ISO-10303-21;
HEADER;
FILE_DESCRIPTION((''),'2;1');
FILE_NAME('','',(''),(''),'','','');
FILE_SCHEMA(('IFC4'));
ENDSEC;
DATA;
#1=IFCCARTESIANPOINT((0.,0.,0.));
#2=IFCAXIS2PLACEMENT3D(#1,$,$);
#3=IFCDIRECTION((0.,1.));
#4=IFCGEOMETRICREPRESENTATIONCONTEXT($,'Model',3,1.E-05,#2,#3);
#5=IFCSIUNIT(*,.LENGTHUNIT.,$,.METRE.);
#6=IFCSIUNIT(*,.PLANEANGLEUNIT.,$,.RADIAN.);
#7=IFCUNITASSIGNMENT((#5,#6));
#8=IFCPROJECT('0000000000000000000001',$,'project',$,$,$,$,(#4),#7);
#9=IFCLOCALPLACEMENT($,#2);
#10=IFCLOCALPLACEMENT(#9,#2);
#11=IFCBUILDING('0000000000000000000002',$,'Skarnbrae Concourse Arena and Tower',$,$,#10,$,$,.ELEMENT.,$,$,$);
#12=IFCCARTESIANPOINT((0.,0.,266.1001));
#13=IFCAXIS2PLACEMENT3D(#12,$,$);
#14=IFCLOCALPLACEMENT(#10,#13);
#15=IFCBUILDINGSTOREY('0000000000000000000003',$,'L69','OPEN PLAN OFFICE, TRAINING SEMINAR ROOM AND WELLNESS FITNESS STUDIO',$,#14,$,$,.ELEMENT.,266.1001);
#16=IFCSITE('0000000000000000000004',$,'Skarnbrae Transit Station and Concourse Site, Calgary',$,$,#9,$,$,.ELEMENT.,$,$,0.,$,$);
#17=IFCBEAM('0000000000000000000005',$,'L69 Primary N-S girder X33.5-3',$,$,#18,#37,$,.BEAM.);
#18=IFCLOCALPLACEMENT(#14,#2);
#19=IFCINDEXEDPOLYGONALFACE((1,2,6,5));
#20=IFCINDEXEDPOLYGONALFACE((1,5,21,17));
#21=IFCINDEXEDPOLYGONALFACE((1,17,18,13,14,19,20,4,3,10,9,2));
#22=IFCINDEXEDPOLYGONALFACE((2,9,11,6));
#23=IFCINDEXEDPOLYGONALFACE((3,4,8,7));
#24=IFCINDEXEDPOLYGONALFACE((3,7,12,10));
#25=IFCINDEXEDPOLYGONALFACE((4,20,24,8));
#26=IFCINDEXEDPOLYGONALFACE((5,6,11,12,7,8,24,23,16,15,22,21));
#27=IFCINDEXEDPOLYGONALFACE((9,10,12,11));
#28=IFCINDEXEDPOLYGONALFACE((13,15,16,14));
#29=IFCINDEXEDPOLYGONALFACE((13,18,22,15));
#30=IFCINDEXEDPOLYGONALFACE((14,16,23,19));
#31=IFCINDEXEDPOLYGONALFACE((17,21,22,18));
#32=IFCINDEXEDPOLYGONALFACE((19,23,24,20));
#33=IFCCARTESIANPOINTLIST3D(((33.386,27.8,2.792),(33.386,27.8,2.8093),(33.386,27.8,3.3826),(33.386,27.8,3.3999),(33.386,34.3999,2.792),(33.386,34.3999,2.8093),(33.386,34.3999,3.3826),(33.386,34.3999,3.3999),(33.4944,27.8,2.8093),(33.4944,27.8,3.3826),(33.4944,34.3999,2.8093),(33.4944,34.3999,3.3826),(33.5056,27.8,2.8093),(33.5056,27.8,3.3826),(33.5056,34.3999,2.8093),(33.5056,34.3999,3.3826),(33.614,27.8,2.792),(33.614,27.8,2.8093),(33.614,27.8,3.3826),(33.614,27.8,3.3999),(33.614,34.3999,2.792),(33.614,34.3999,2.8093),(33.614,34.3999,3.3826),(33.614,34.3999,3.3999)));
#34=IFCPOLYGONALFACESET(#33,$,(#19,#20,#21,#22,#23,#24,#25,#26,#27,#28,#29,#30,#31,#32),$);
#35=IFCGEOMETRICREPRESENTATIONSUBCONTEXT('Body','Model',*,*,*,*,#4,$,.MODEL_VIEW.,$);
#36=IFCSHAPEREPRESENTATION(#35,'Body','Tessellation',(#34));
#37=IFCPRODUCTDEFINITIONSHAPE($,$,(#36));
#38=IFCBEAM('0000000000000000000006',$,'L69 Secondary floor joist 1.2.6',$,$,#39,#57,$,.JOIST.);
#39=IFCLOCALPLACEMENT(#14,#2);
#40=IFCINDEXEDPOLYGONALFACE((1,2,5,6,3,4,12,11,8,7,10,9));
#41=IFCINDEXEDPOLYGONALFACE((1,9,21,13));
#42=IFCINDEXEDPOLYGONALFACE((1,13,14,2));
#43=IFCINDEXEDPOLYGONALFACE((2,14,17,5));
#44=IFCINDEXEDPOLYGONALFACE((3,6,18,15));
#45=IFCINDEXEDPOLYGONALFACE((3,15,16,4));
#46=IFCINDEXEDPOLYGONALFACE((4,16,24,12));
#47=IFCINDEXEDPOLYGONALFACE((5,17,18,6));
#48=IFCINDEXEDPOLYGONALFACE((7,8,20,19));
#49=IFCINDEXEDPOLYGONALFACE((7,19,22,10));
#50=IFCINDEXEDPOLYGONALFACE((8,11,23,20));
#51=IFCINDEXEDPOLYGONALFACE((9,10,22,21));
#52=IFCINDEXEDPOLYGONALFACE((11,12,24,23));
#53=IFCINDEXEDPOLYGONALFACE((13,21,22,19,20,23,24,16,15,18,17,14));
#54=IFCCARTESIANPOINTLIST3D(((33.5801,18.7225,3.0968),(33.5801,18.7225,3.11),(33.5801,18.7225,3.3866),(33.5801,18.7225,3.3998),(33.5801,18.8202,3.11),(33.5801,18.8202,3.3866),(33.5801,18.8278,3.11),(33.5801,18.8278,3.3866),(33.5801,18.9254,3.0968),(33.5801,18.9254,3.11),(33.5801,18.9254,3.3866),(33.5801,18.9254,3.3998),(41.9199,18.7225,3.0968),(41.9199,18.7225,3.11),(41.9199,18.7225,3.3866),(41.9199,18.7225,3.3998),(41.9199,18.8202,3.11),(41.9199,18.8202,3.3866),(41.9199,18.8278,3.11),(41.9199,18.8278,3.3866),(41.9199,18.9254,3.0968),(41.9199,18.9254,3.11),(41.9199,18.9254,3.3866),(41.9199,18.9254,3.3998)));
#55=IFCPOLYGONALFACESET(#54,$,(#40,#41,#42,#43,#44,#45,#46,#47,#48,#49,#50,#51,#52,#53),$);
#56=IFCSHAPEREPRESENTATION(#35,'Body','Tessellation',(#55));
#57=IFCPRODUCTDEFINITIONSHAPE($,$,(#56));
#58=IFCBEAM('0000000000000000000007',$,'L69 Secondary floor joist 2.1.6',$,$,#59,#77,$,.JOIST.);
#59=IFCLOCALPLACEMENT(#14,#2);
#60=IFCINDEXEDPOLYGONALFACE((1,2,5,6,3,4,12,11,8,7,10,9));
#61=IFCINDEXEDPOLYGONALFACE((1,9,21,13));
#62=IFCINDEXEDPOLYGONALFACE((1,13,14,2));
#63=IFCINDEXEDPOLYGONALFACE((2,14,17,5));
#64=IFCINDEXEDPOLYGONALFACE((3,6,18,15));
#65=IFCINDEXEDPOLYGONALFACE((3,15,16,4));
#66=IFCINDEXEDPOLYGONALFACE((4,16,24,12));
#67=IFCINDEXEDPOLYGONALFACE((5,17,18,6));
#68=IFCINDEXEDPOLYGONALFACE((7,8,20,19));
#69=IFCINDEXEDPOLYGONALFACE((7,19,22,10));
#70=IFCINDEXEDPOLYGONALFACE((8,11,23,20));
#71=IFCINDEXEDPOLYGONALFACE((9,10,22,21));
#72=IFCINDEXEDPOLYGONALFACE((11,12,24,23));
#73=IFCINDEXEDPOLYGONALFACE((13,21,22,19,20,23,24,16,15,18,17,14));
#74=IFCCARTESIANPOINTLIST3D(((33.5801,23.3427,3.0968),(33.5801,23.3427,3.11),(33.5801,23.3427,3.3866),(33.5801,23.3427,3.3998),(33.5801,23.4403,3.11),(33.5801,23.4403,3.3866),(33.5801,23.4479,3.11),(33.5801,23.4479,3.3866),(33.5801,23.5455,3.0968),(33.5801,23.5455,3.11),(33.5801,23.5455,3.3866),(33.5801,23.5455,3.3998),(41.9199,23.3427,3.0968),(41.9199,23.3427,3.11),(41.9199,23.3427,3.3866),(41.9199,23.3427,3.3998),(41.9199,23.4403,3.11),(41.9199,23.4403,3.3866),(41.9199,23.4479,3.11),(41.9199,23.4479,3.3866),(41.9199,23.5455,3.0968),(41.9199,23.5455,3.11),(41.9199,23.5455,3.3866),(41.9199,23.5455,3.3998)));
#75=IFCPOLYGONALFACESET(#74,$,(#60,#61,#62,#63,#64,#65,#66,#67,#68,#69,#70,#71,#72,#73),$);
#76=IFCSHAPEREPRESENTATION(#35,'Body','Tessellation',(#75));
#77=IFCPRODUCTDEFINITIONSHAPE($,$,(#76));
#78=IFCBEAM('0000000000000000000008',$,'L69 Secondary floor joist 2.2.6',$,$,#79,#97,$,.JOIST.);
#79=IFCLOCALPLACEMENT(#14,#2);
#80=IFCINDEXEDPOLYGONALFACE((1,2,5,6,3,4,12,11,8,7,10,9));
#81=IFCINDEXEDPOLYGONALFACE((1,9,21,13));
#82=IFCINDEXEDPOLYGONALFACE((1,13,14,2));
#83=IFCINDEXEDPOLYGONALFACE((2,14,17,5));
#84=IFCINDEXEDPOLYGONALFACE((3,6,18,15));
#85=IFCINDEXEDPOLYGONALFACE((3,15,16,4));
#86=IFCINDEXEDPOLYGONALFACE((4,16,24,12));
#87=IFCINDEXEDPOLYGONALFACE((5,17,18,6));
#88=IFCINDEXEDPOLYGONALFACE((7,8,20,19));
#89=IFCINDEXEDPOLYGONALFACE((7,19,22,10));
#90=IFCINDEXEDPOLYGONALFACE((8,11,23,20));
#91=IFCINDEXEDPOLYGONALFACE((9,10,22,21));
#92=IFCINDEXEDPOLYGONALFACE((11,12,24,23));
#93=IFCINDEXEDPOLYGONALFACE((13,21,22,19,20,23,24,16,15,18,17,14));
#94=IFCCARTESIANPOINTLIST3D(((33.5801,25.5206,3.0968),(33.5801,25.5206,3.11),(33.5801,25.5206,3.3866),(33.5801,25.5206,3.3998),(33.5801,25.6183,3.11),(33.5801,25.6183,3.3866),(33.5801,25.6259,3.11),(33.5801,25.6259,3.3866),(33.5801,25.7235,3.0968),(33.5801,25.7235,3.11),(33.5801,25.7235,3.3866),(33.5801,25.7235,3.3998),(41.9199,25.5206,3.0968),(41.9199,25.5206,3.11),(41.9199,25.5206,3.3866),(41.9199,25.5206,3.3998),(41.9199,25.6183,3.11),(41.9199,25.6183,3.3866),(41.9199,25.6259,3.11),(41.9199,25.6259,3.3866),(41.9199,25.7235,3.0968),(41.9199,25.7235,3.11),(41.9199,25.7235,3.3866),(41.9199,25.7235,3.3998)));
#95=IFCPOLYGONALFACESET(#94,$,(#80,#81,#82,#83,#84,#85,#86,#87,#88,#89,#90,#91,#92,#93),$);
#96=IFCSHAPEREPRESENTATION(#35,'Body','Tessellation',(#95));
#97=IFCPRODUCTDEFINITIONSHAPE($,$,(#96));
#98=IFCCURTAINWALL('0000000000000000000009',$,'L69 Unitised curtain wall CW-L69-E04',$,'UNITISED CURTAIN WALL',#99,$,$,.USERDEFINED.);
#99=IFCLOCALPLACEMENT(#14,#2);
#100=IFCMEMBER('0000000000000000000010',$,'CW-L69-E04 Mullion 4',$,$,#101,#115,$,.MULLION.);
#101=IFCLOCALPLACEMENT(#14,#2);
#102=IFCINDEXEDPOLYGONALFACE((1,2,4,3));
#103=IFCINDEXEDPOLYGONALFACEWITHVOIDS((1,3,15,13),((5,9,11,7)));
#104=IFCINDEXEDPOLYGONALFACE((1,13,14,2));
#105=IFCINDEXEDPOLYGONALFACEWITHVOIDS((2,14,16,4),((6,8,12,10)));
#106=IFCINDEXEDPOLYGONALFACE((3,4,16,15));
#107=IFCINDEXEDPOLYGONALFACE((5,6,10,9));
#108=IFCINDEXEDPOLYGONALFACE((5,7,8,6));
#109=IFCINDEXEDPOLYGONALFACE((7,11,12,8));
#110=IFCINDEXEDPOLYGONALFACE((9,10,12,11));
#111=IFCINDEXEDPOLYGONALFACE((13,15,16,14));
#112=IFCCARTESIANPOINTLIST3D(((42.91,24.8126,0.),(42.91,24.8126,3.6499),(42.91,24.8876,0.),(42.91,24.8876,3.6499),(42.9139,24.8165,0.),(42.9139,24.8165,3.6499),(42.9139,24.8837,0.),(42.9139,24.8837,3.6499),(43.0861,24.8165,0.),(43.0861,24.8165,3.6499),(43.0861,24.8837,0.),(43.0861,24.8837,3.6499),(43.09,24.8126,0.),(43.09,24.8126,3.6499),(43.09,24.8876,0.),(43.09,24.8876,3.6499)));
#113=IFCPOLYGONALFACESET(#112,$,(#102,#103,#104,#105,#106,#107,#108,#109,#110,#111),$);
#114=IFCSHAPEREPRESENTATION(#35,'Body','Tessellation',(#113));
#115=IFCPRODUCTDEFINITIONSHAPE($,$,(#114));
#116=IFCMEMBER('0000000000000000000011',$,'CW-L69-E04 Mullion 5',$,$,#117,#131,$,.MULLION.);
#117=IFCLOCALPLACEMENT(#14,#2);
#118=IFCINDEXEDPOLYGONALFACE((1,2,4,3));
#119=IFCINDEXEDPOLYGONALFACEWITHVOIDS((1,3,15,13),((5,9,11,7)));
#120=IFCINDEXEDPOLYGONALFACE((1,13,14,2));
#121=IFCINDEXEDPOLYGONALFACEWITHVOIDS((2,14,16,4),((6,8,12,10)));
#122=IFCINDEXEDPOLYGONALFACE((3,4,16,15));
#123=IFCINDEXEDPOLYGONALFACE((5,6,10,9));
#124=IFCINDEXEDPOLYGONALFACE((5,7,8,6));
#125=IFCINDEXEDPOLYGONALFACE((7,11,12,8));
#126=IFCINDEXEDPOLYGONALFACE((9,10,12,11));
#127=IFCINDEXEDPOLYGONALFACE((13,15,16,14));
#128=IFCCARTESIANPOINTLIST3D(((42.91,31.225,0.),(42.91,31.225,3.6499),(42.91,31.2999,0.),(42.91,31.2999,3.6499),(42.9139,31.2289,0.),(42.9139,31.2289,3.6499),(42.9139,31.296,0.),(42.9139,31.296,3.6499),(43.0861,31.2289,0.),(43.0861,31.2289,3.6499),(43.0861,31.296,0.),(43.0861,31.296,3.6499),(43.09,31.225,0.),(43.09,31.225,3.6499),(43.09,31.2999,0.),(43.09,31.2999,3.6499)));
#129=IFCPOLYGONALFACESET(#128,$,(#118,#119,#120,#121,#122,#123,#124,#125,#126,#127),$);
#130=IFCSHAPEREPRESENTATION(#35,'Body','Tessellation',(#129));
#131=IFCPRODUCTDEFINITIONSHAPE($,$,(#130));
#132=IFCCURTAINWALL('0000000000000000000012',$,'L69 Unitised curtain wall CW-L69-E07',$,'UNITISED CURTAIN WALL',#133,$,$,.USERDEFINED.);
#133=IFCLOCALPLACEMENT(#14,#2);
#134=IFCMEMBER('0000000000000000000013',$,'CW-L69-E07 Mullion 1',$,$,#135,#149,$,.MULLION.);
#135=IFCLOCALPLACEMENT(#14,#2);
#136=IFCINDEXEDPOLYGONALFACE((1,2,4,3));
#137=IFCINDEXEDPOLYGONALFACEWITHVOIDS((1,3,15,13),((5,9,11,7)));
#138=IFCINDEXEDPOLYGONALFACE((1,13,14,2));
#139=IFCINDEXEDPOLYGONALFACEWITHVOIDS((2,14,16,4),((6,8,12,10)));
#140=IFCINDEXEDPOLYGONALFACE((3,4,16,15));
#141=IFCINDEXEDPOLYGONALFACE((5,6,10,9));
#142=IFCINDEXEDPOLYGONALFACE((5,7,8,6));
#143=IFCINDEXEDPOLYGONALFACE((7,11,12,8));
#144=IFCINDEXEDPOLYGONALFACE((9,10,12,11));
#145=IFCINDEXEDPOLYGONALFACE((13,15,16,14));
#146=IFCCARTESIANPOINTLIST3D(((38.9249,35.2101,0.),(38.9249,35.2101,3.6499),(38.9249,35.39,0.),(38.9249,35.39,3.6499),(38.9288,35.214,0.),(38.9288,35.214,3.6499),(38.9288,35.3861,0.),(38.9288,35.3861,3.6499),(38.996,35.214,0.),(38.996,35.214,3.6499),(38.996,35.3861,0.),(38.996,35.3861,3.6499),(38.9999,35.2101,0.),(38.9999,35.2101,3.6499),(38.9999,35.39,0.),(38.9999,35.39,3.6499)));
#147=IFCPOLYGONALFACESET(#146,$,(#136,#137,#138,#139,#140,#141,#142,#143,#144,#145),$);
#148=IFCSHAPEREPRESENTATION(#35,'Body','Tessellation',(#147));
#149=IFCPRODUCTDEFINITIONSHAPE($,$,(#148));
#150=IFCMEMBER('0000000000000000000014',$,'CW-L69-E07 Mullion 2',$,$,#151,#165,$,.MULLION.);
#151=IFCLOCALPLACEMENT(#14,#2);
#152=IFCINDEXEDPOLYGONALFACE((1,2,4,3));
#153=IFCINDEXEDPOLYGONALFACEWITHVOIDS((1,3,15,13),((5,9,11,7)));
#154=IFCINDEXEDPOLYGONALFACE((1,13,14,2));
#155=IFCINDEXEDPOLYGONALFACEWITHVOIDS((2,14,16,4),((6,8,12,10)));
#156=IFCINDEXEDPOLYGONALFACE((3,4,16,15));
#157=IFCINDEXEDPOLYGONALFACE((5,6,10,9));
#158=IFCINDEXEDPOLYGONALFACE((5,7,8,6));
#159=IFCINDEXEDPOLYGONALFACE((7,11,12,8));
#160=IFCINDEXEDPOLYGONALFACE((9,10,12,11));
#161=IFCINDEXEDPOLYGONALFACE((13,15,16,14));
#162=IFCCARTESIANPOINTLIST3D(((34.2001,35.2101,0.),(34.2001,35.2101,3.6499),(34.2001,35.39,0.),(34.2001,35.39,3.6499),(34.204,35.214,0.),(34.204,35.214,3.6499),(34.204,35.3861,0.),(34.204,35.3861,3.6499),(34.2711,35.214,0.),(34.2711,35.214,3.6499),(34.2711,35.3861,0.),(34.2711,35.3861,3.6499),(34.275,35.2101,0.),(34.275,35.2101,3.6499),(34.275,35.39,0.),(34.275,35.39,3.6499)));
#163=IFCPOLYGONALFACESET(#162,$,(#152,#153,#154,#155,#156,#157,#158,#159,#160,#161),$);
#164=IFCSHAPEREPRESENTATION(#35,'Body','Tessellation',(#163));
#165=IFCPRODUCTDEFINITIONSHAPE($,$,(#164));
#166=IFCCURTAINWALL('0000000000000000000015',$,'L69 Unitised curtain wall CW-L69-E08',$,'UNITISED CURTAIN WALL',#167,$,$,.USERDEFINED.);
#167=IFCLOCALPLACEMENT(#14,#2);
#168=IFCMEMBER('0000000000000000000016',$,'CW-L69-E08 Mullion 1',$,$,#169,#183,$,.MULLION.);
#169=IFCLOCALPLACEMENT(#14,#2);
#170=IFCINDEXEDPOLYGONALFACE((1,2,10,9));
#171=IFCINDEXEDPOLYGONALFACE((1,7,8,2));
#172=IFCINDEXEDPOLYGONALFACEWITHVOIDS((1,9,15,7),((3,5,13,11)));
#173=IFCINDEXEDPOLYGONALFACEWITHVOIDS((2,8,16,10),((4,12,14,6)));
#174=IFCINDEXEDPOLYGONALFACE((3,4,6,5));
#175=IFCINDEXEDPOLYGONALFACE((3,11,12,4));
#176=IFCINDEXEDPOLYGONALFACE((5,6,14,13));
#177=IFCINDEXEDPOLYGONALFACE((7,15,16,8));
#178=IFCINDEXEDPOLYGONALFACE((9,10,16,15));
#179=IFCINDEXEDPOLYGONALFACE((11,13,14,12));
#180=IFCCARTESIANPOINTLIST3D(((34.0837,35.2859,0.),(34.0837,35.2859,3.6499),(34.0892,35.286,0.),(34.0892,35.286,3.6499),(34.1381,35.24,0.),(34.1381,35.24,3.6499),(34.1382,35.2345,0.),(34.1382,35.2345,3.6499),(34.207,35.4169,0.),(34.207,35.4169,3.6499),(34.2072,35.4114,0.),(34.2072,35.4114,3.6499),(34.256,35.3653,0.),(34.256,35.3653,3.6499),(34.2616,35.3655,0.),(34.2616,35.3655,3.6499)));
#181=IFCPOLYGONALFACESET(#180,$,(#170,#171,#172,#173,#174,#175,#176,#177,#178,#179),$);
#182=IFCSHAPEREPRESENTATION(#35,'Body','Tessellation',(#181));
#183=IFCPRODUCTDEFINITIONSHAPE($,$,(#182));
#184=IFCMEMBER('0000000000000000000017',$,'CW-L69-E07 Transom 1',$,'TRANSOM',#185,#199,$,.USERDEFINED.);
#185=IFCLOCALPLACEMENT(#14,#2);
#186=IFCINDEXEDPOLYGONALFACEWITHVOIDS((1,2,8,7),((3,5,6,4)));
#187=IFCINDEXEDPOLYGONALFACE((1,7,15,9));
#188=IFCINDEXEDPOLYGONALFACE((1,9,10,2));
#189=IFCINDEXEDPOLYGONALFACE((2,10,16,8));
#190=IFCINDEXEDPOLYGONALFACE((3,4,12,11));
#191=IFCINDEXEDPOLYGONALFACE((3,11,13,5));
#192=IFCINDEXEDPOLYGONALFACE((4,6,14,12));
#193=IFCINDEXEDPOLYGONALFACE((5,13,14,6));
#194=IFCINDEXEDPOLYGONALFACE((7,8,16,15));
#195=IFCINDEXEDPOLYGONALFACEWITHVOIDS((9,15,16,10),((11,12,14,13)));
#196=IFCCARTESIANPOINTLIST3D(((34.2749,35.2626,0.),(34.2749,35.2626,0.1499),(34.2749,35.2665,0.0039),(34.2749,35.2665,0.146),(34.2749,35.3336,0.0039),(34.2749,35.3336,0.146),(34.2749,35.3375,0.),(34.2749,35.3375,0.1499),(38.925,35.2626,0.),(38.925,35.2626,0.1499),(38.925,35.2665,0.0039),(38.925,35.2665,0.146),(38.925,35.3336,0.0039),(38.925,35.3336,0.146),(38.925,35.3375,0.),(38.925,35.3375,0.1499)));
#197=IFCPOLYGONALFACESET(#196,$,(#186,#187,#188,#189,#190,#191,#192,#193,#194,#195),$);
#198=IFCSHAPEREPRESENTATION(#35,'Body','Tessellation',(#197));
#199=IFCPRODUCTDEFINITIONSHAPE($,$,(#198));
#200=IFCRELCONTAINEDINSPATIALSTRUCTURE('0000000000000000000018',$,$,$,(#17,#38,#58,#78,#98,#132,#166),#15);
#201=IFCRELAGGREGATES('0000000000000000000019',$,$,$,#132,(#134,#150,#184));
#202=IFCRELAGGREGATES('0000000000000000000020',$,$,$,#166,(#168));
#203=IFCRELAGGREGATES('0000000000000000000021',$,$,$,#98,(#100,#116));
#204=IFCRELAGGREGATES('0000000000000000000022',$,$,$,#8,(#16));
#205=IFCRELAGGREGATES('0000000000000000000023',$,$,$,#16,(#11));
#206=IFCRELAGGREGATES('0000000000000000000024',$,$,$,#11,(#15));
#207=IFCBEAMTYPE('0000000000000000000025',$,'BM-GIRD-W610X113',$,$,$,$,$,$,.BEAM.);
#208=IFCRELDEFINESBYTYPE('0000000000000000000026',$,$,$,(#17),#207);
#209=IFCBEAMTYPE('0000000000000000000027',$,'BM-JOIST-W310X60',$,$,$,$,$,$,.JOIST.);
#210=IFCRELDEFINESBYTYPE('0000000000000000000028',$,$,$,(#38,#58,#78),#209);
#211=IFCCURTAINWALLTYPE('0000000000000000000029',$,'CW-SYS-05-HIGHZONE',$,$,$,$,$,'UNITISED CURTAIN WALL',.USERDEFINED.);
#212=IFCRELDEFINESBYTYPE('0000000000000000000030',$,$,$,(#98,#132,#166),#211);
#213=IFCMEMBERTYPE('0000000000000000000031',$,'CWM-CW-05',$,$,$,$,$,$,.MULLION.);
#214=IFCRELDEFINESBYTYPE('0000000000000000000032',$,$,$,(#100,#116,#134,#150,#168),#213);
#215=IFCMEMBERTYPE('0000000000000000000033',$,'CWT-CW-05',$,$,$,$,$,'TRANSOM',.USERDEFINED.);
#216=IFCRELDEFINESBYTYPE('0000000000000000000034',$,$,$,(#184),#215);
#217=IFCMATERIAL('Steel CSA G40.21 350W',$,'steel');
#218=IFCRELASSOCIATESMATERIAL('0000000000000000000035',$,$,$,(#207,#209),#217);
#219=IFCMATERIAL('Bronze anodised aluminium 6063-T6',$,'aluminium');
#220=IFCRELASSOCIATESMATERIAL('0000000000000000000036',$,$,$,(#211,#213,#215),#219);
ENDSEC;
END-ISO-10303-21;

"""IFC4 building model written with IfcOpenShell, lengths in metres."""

from ifc_helpers import new_model, si_unit, direction, frame, origin, origin_2d, place, context, subcontext, project, spatial, hollow_rectangle, i_section, extrude, source, transform, mapped, material, material_profile, profile_set, type_object, element, aggregate, save


model = new_model("IFC4")

# Units and contexts
model_context = context("Model", 3, precision=1e-05, world=origin(), true_north=direction((0.0, 1.0)))
body_context = subcontext(model_context, "Body", "Model", "MODEL_VIEW")
ifc_project = project(units=[si_unit("LENGTHUNIT", "METRE"), si_unit("PLANEANGLEUNIT", "RADIAN")], contexts=[model_context])

# Site, building, storey
site_placement = place(None, origin())
site = spatial("IfcSite", under=ifc_project, at=site_placement, Name="Skarnbrae Transit Station and Concourse Site, Calgary", CompositionType="ELEMENT", RefElevation=0.0)
building_placement = place(site_placement, origin())
building = spatial("IfcBuilding", under=site, at=building_placement, Name="Skarnbrae Concourse Arena and Tower", CompositionType="ELEMENT")
storey_placement = place(building_placement, frame((0.0, 0.0, 266.1001)))
storey = spatial("IfcBuildingStorey", under=building, at=storey_placement, Name="L69", Description="OPEN PLAN OFFICE, TRAINING SEMINAR ROOM AND WELLNESS FITNESS STUDIO", CompositionType="ELEMENT", Elevation=266.1001)

# Shared definitions
ifc_material_1 = material(Name="Steel CSA G40.21 350W", Category="steel")

# Beams
ifc_material_profile_1 = material_profile(ifc_material_1, i_section(OverallWidth=0.228, OverallDepth=0.6079, WebThickness=0.0112, FlangeThickness=0.0173, at=origin_2d()), Name="W610X113")
ifc_profile_set_1 = profile_set([ifc_material_profile_1], Name="Steel CSA G40.21 350W")
beam_type_1 = type_object("IfcBeamType", Name="BM-GIRD-W610X113", PredefinedType="BEAM", material=ifc_profile_set_1)
shared_shape_1 = source(origin(), body_context, "Body", "SweptSolid", [
    extrude(i_section(OverallWidth=0.228, OverallDepth=0.6079, WebThickness=0.0112, FlangeThickness=0.0173, at=origin_2d()), origin(), (0.0, 0.0, 1.0), 6.5999),
])
beam_1_placement = place(storey_placement, frame((33.5, 27.8, 3.0959), z_axis=(0.0, 1.0, 0.0), x_axis=(-1.0, 0.0, 0.0)))
element("IfcBeam", 1, at=beam_1_placement, inside=storey, type_object=beam_type_1, Name="L69 Primary N-S girder X33.5-3", PredefinedType="BEAM", context=body_context, shape_type="MappedRepresentation", body=[
    mapped(shared_shape_1, transform((0.0, 0.0, 0.0))),
])
ifc_material_profile_2 = material_profile(ifc_material_1, i_section(OverallWidth=0.2029, OverallDepth=0.303, WebThickness=0.0076, FlangeThickness=0.0132, at=origin_2d()), Name="W310X60")
ifc_profile_set_2 = profile_set([ifc_material_profile_2], Name="Steel CSA G40.21 350W")
beam_type_2 = type_object("IfcBeamType", Name="BM-JOIST-W310X60", PredefinedType="JOIST", material=ifc_profile_set_2)
shared_shape_2 = source(origin(), body_context, "Body", "SweptSolid", [
    extrude(i_section(OverallWidth=0.2029, OverallDepth=0.303, WebThickness=0.0076, FlangeThickness=0.0132, at=origin_2d()), origin(), (0.0, 0.0, 1.0), 8.3398),
])
for number, where, z_axis, x_axis, name in (
    (2, (33.5801, 18.824, 3.2483), (1.0, 0.0, 0.0), (0.0, 1.0, 0.0), "L69 Secondary floor joist 1.2.6"),
    (3, (33.5801, 23.4441, 3.2483), (1.0, 0.0, 0.0), (0.0, 1.0, 0.0), "L69 Secondary floor joist 2.1.6"),
    (4, (33.5801, 25.6221, 3.2483), (1.0, 0.0, 0.0), (0.0, 1.0, 0.0), "L69 Secondary floor joist 2.2.6"),
):
    element("IfcBeam", number, at=place(storey_placement, frame(where, z_axis=z_axis, x_axis=x_axis)), inside=storey, type_object=beam_type_2, Name=name, PredefinedType="JOIST", context=body_context, shape_type="MappedRepresentation", body=[
        mapped(shared_shape_2, transform((0.0, 0.0, 0.0))),
    ])

# Curtain walls, members
ifc_material_2 = material(Name="Bronze anodised aluminium 6063-T6", Category="aluminium")
curtain_wall_type = type_object("IfcCurtainWallType", Name="CW-SYS-05-HIGHZONE", ElementType="UNITISED CURTAIN WALL", PredefinedType="USERDEFINED", material=ifc_material_2)
curtain_wall_1_placement = place(storey_placement, origin())
curtain_wall_1 = element("IfcCurtainWall", 5, at=curtain_wall_1_placement, inside=storey, type_object=curtain_wall_type, Name="L69 Unitised curtain wall CW-L69-E04", ObjectType="UNITISED CURTAIN WALL", PredefinedType="USERDEFINED")
ifc_material_profile_3 = material_profile(ifc_material_2, hollow_rectangle(XDim=0.075, YDim=0.1799, WallThickness=0.0039, at=origin_2d()), Name="ALU-MULL-75X180")
ifc_profile_set_3 = profile_set([ifc_material_profile_3], Name="Bronze anodised aluminium 6063-T6")
member_type_1 = type_object("IfcMemberType", Name="CWM-CW-05", PredefinedType="MULLION", material=ifc_profile_set_3)
shared_shape_3 = source(origin(), body_context, "Body", "SweptSolid", [
    extrude(hollow_rectangle(XDim=0.075, YDim=0.1799, WallThickness=0.0039, at=origin_2d()), origin(), (0.0, 0.0, 1.0), 3.6499),
])
member_1_placement = place(storey_placement, frame((43.0, 24.8501, 0.0), z_axis=(0.0, 0.0, 1.0), x_axis=(0.0, 1.0, 0.0)))
member_1 = element("IfcMember", 6, at=member_1_placement, type_object=member_type_1, Name="CW-L69-E04 Mullion 4", PredefinedType="MULLION", context=body_context, shape_type="MappedRepresentation", body=[
    mapped(shared_shape_3, transform((0.0, 0.0, 0.0))),
])
member_2_placement = place(storey_placement, frame((43.0, 31.2625, 0.0), z_axis=(0.0, 0.0, 1.0), x_axis=(0.0, 1.0, 0.0)))
member_2 = element("IfcMember", 7, at=member_2_placement, type_object=member_type_1, Name="CW-L69-E04 Mullion 5", PredefinedType="MULLION", context=body_context, shape_type="MappedRepresentation", body=[
    mapped(shared_shape_3, transform((0.0, 0.0, 0.0))),
])
curtain_wall_2_placement = place(storey_placement, origin())
curtain_wall_2 = element("IfcCurtainWall", 8, at=curtain_wall_2_placement, inside=storey, type_object=curtain_wall_type, Name="L69 Unitised curtain wall CW-L69-E07", ObjectType="UNITISED CURTAIN WALL", PredefinedType="USERDEFINED")
member_3_placement = place(storey_placement, frame((38.9624, 35.3, 0.0), z_axis=(0.0, 0.0, 1.0), x_axis=(-1.0, 0.0, 0.0)))
member_3 = element("IfcMember", 9, at=member_3_placement, type_object=member_type_1, Name="CW-L69-E07 Mullion 1", PredefinedType="MULLION", context=body_context, shape_type="MappedRepresentation", body=[
    mapped(shared_shape_3, transform((0.0, 0.0, 0.0))),
])
member_4_placement = place(storey_placement, frame((34.2375, 35.3, 0.0), z_axis=(0.0, 0.0, 1.0), x_axis=(-1.0, 0.0, 0.0)))
member_4 = element("IfcMember", 10, at=member_4_placement, type_object=member_type_1, Name="CW-L69-E07 Mullion 2", PredefinedType="MULLION", context=body_context, shape_type="MappedRepresentation", body=[
    mapped(shared_shape_3, transform((0.0, 0.0, 0.0))),
])

# Curtain wall, member
curtain_wall_3_placement = place(storey_placement, origin())
curtain_wall_3 = element("IfcCurtainWall", 11, at=curtain_wall_3_placement, inside=storey, type_object=curtain_wall_type, Name="L69 Unitised curtain wall CW-L69-E08", ObjectType="UNITISED CURTAIN WALL", PredefinedType="USERDEFINED")
member_5_placement = place(storey_placement, frame((34.1726, 35.3257, 0.0), z_axis=(0.0, 0.0, 1.0), x_axis=(-0.728131, 0.685438, 0.0)))
member_5 = element("IfcMember", 12, at=member_5_placement, type_object=member_type_1, Name="CW-L69-E08 Mullion 1", PredefinedType="MULLION", context=body_context, shape_type="MappedRepresentation", body=[
    mapped(shared_shape_3, transform((0.0, 0.0, 0.0))),
])

# Member
ifc_material_profile_4 = material_profile(ifc_material_2, hollow_rectangle(XDim=0.075, YDim=0.1499, WallThickness=0.0039, at=origin_2d()), Name="ALU-TRAN-75X150")
ifc_profile_set_4 = profile_set([ifc_material_profile_4], Name="Bronze anodised aluminium 6063-T6")
member_type_2 = type_object("IfcMemberType", Name="CWT-CW-05", ElementType="TRANSOM", PredefinedType="USERDEFINED", material=ifc_profile_set_4)
shared_shape_4 = source(origin(), body_context, "Body", "SweptSolid", [
    extrude(hollow_rectangle(XDim=0.075, YDim=0.1499, WallThickness=0.0039, at=origin_2d()), origin(), (0.0, 0.0, 1.0), 4.6501),
])
member_6_placement = place(storey_placement, frame((38.925, 35.3, 0.075), z_axis=(-1.0, 0.0, 0.0), x_axis=(0.0, -1.0, 0.0)))
member_6 = element("IfcMember", 13, at=member_6_placement, type_object=member_type_2, Name="CW-L69-E07 Transom 1", ObjectType="TRANSOM", PredefinedType="USERDEFINED", context=body_context, shape_type="MappedRepresentation", body=[
    mapped(shared_shape_4, transform((0.0, 0.0, 0.0))),
])

aggregate(curtain_wall_2, [member_3, member_4, member_6])
aggregate(curtain_wall_3, [member_5])
aggregate(curtain_wall_1, [member_1, member_2])

save(model, "model.ifc")
